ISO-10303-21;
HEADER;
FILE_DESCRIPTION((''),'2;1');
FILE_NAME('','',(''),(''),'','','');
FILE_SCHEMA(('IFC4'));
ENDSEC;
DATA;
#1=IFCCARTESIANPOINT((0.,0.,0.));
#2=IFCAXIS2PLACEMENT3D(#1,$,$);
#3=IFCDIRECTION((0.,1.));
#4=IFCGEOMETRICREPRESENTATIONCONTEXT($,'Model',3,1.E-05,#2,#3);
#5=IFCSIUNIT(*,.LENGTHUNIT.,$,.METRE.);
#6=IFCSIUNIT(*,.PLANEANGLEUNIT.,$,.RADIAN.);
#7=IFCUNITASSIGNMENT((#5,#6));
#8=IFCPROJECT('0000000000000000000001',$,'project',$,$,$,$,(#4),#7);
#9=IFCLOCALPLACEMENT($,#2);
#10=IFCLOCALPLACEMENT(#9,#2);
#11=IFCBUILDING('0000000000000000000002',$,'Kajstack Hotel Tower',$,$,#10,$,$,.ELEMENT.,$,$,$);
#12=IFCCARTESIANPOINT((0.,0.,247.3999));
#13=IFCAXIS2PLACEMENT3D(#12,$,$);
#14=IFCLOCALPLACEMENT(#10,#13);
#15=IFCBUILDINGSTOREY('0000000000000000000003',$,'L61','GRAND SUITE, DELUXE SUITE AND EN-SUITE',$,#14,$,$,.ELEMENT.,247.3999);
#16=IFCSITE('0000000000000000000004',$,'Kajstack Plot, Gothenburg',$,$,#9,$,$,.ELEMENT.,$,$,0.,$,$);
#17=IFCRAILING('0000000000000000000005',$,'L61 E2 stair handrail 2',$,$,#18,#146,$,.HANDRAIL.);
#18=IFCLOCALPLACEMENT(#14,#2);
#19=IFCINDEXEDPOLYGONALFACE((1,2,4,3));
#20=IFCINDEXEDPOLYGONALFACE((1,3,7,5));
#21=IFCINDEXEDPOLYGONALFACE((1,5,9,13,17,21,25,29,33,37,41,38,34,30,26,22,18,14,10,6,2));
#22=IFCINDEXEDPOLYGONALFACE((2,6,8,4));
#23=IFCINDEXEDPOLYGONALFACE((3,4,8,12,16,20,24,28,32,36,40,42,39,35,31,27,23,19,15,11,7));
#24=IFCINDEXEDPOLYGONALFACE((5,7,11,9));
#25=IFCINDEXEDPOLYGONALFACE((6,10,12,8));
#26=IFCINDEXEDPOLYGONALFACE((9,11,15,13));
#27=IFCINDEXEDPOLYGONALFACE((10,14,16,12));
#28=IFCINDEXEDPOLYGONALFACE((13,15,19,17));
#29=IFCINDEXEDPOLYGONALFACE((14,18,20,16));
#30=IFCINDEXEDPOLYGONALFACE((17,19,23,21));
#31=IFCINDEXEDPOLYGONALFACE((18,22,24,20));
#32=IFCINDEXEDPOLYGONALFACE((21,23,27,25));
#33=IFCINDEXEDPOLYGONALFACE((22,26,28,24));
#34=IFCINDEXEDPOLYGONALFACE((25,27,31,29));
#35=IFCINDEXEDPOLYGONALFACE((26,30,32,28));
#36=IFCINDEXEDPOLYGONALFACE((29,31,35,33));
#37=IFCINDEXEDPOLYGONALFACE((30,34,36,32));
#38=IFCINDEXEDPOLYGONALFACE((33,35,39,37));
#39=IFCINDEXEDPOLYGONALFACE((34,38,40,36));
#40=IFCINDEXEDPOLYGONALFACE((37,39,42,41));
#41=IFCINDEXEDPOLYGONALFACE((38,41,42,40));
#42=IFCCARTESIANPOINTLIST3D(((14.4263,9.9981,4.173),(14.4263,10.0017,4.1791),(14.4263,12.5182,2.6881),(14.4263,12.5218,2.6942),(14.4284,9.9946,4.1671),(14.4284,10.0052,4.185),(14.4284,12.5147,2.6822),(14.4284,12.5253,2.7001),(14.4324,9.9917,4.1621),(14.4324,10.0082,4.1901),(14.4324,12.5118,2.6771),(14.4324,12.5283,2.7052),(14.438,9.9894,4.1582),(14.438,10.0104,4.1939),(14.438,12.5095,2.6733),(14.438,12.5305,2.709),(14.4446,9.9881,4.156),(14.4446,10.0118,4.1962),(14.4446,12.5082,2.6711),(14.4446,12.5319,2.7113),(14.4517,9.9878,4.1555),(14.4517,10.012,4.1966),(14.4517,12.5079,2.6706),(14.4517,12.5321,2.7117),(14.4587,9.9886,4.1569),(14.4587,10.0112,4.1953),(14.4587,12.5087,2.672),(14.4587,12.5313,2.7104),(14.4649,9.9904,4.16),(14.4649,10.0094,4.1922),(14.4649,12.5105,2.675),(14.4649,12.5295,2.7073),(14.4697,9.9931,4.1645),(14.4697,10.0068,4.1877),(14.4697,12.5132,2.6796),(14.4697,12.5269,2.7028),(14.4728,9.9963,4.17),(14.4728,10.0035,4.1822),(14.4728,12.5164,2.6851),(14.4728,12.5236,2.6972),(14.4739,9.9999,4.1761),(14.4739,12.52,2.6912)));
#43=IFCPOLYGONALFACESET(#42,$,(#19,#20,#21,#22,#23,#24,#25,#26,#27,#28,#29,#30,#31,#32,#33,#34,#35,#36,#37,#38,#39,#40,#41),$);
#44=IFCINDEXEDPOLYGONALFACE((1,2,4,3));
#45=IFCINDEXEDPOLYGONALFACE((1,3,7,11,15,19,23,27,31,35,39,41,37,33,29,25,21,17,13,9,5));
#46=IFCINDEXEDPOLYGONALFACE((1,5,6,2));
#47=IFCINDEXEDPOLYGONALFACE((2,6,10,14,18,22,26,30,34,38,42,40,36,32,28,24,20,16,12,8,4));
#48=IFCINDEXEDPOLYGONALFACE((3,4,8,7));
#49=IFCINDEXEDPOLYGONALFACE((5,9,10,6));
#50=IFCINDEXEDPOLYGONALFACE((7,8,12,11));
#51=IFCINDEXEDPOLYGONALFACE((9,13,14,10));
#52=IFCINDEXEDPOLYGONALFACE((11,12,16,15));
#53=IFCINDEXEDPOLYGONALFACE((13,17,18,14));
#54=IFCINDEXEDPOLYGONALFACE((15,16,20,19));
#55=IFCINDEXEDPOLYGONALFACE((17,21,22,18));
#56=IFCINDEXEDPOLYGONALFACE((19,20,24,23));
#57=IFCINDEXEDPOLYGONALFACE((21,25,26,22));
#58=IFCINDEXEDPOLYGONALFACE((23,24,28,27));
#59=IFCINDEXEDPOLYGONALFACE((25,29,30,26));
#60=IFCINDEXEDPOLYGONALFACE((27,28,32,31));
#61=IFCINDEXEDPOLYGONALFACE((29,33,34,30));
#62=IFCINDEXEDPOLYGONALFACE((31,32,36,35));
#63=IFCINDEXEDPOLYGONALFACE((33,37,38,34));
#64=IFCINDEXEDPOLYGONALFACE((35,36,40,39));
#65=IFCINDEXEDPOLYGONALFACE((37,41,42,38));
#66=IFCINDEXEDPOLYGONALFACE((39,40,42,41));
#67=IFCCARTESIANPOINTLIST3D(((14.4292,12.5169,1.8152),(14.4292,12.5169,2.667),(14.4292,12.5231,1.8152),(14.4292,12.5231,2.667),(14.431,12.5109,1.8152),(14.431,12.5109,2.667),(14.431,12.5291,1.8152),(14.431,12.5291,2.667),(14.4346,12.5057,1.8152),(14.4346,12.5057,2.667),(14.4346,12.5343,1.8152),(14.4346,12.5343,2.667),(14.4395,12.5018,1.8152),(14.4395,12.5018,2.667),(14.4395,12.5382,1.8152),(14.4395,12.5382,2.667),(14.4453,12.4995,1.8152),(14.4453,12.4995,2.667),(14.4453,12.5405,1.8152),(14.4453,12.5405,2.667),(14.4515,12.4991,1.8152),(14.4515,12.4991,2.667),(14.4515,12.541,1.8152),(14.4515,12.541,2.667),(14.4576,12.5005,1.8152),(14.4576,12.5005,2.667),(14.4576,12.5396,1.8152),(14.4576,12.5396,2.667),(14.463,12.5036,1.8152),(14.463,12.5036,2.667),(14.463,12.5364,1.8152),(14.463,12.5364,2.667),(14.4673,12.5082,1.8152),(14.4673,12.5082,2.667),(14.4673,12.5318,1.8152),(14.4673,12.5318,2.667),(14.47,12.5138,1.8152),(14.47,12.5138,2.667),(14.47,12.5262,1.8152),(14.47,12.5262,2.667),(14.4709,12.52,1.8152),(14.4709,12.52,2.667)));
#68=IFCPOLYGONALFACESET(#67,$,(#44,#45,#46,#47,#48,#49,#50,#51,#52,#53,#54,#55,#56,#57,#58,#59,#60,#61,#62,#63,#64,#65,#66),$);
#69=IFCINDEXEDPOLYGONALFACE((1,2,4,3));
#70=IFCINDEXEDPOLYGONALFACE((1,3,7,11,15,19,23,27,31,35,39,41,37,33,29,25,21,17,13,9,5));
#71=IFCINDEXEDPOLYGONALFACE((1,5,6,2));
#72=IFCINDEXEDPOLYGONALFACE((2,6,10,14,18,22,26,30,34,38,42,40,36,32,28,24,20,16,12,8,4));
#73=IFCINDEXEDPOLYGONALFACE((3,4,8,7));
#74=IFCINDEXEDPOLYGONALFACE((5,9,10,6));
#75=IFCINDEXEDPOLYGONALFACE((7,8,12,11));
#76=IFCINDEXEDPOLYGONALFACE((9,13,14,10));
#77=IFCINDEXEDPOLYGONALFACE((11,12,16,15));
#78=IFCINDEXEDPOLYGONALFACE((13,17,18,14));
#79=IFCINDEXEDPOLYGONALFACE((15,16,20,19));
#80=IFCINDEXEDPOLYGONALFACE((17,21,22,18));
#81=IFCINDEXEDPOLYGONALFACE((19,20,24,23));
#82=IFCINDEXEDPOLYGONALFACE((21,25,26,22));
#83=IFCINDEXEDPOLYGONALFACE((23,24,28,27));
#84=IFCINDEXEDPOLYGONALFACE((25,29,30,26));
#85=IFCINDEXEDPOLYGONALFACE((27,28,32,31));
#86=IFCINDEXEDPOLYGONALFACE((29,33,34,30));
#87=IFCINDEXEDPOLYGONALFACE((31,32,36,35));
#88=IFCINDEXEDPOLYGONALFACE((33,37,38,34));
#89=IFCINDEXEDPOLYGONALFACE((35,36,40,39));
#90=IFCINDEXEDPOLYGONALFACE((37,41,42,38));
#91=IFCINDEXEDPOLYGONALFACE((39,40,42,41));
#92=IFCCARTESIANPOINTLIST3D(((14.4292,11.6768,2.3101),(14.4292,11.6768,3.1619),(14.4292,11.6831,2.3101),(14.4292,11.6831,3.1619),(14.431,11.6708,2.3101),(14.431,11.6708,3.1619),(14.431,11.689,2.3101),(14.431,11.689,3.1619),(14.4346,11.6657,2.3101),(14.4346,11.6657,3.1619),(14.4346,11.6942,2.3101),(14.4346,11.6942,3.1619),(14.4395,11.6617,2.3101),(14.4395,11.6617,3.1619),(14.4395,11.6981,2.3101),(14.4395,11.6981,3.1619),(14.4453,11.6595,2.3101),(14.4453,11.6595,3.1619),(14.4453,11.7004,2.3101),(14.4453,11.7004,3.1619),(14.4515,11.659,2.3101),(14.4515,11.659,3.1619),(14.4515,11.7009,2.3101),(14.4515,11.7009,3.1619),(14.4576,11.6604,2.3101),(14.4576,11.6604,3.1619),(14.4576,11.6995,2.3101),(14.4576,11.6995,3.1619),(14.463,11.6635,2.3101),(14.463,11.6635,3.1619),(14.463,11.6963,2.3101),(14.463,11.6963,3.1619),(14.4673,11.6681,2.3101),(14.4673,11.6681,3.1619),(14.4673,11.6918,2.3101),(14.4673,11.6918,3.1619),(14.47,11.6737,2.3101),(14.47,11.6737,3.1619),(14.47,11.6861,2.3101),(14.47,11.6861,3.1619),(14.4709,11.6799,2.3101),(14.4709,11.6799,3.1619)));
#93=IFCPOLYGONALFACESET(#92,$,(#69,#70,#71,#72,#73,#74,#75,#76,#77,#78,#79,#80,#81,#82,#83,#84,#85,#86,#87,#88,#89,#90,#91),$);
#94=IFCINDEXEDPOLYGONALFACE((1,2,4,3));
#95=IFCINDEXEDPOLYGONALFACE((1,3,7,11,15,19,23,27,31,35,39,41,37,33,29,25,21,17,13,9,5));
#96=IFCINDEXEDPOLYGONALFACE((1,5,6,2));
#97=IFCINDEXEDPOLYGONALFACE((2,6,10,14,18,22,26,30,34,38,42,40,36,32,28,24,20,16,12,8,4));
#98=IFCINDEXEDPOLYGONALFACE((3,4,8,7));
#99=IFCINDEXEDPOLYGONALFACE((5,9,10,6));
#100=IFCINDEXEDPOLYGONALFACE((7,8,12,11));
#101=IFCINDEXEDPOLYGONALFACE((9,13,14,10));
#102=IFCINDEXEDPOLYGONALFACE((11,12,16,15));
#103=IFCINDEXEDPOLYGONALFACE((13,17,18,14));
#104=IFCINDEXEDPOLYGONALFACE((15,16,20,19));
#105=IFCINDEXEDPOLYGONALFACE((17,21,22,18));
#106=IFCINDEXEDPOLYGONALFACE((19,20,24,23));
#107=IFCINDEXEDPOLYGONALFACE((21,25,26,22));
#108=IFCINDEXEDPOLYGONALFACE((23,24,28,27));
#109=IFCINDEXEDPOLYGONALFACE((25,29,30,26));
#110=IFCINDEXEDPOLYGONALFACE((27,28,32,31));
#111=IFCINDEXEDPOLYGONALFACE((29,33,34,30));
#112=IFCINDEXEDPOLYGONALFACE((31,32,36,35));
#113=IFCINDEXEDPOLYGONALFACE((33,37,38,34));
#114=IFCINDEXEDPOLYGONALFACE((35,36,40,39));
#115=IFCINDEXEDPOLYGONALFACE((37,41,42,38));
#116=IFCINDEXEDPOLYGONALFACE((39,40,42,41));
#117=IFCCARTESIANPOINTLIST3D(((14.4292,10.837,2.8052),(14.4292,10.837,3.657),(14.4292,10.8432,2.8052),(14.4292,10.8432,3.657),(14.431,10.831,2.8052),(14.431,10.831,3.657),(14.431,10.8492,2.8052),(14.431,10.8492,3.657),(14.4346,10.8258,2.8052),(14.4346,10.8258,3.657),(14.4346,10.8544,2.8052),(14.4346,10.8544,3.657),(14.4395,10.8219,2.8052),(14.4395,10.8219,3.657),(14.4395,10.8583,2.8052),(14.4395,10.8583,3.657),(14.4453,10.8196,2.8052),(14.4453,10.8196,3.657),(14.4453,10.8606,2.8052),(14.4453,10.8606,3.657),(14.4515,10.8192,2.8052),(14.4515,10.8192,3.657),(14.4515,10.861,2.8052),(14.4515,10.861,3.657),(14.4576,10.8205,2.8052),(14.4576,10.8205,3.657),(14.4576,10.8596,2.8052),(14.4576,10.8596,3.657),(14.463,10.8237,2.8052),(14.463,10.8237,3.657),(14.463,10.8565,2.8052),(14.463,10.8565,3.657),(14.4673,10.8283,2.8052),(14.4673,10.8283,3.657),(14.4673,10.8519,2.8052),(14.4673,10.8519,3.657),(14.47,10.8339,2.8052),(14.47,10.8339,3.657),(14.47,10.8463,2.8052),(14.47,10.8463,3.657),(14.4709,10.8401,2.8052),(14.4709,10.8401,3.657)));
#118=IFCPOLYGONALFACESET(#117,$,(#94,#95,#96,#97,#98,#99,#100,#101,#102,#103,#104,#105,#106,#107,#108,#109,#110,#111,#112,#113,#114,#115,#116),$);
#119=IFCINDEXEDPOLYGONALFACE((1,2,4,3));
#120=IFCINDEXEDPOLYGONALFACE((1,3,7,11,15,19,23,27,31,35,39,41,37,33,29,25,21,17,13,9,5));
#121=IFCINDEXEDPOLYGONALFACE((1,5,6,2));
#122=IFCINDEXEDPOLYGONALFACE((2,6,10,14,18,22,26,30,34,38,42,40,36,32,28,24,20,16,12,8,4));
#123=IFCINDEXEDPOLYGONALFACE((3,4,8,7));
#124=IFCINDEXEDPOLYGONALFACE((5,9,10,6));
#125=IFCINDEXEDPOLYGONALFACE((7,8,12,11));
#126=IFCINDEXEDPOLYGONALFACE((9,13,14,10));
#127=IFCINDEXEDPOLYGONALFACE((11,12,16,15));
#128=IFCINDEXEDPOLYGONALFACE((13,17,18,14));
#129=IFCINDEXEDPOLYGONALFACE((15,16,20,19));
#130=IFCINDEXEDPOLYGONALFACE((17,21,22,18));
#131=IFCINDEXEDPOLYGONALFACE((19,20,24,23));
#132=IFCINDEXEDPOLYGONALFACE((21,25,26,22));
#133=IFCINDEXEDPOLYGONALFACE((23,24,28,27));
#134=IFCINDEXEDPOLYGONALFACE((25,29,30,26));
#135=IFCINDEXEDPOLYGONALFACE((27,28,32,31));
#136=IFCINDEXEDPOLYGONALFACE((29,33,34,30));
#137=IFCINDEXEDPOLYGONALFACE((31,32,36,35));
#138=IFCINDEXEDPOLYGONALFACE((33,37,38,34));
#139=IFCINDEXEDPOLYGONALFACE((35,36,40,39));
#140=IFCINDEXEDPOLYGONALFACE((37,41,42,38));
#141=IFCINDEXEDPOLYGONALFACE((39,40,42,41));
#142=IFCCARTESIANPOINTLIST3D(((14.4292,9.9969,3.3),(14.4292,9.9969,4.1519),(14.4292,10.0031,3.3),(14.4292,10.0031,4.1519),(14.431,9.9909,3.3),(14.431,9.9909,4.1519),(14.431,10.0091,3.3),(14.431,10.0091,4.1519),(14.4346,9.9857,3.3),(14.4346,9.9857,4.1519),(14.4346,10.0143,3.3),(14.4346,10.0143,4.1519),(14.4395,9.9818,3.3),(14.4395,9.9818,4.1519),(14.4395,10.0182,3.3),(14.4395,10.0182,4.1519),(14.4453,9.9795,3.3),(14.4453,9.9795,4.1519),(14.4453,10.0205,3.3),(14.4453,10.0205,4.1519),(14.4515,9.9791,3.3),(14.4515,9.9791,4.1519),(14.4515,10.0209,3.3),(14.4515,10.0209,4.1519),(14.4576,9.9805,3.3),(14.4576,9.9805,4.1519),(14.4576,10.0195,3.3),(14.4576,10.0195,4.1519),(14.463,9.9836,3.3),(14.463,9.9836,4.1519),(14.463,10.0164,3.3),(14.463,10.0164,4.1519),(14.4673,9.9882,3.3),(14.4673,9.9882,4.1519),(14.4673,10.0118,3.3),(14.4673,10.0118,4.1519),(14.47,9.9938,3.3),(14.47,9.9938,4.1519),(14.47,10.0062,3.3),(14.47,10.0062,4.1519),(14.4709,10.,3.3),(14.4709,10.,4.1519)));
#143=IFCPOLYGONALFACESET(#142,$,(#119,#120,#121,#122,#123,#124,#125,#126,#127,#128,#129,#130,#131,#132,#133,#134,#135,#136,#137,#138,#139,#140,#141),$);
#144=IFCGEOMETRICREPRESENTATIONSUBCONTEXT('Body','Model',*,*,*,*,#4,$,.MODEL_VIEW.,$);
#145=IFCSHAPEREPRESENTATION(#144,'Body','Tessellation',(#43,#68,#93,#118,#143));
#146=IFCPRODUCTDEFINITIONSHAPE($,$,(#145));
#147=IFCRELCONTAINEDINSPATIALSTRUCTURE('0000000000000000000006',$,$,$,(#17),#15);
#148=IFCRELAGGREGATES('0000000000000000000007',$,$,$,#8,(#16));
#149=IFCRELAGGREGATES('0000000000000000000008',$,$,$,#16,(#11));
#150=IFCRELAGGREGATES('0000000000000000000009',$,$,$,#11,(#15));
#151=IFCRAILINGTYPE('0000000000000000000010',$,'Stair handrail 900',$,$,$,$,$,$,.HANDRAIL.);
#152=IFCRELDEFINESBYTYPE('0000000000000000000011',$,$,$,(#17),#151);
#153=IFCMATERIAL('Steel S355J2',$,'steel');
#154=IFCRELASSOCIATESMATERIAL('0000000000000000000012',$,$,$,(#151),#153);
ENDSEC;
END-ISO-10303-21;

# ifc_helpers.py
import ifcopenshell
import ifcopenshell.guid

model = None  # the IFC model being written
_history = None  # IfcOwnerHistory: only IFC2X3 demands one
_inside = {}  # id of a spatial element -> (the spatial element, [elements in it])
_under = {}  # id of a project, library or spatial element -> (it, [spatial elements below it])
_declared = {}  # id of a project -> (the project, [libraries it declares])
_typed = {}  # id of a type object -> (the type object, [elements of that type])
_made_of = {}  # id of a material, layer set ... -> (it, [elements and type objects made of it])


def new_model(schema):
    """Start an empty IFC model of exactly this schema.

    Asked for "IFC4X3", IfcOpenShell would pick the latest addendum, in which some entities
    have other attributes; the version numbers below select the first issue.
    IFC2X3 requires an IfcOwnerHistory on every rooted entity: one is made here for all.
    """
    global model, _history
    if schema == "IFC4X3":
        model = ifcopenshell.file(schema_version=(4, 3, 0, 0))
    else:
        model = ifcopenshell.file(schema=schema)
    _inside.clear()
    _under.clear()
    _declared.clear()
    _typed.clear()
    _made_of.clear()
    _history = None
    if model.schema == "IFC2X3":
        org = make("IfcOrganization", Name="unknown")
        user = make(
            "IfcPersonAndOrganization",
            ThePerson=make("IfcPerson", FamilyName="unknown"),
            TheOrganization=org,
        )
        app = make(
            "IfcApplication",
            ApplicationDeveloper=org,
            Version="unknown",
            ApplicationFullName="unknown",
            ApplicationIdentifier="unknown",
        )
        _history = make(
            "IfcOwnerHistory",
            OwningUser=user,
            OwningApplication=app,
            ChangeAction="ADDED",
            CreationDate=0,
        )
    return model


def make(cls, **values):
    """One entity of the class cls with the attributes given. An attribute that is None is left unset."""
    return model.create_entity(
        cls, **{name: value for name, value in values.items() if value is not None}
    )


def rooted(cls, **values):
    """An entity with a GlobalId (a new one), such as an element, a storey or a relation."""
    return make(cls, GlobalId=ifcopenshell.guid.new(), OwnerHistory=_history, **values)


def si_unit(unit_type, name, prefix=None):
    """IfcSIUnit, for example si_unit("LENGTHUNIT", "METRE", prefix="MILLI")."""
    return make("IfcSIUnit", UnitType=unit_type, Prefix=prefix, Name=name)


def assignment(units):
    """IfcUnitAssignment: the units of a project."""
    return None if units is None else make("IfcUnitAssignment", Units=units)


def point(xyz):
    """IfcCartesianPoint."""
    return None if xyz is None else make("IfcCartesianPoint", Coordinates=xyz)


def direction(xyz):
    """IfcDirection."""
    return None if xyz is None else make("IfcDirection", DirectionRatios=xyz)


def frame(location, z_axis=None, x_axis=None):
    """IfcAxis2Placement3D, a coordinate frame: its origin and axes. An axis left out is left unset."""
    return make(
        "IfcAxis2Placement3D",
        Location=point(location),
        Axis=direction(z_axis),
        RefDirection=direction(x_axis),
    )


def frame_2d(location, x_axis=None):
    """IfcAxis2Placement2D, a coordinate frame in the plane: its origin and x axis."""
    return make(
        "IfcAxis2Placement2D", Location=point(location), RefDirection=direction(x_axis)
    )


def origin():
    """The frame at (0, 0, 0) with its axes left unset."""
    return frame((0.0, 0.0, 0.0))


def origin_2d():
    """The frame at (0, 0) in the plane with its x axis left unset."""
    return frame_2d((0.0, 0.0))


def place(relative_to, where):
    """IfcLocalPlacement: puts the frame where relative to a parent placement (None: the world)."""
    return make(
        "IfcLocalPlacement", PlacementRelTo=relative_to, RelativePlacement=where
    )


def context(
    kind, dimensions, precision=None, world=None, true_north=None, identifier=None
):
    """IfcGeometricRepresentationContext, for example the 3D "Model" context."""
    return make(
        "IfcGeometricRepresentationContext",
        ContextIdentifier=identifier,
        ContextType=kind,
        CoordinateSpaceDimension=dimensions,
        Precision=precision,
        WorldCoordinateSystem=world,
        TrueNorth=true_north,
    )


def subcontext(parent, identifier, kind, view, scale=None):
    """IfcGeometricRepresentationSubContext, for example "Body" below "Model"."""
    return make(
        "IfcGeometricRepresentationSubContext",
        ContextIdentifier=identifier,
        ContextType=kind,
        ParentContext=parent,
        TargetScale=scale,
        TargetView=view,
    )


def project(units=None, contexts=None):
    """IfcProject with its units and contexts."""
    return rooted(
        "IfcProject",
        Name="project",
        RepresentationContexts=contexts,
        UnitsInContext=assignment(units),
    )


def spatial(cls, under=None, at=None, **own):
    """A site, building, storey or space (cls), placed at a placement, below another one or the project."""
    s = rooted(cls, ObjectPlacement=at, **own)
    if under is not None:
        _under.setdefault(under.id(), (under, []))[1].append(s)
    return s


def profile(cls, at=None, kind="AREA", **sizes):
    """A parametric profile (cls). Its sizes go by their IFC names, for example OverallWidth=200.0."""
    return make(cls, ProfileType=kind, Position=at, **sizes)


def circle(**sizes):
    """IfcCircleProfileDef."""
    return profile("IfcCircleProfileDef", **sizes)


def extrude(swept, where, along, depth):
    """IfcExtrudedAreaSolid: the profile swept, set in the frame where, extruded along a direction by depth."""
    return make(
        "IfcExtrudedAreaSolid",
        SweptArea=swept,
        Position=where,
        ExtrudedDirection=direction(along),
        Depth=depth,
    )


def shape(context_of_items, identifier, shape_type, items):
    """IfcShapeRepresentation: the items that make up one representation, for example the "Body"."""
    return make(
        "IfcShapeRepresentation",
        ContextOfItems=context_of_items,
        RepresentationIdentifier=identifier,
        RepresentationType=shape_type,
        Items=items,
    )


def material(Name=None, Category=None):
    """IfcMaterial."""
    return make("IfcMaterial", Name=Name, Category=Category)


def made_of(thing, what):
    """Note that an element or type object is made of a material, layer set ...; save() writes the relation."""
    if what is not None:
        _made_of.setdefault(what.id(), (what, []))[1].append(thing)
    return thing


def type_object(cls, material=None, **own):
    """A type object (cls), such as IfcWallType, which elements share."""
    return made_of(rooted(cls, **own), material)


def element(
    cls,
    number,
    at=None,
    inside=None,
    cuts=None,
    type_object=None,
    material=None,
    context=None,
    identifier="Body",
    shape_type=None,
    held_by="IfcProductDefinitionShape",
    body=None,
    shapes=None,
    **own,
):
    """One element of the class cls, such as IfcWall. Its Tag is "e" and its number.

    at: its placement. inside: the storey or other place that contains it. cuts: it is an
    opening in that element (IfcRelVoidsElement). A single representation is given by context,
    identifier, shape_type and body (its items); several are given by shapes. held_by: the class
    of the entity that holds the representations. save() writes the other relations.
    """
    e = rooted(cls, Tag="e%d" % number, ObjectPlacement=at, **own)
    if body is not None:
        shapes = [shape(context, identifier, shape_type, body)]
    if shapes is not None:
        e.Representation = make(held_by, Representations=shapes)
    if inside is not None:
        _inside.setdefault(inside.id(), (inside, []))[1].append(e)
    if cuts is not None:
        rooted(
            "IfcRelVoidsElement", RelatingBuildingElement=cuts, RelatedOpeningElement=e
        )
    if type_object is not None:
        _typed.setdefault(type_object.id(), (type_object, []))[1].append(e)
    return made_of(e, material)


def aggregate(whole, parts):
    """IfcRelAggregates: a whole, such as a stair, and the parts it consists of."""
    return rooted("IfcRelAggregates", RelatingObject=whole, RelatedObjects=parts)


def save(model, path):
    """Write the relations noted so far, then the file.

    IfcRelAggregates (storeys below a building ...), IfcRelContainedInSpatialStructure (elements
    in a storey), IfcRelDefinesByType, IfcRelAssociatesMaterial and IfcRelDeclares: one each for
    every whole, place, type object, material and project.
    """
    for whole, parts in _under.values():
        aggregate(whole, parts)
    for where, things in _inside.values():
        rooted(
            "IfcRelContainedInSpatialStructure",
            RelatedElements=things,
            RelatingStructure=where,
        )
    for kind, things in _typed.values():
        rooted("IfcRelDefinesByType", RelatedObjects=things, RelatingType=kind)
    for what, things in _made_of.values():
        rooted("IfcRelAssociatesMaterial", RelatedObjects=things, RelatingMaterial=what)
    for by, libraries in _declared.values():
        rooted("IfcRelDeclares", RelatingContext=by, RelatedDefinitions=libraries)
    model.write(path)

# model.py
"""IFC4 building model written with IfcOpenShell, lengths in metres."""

from ifc_helpers import new_model, si_unit, direction, frame, origin, origin_2d, place, context, subcontext, project, spatial, circle, extrude, material, type_object, element, save


model = new_model("IFC4")

# Units and contexts
model_context = context("Model", 3, precision=1e-05, world=origin(), true_north=direction((0.0, 1.0)))
body_context = subcontext(model_context, "Body", "Model", "MODEL_VIEW")
ifc_project = project(units=[si_unit("LENGTHUNIT", "METRE"), si_unit("PLANEANGLEUNIT", "RADIAN")], contexts=[model_context])

# Site, building, storey
site_placement = place(None, origin())
site = spatial("IfcSite", under=ifc_project, at=site_placement, Name="Kajstack Plot, Gothenburg", CompositionType="ELEMENT", RefElevation=0.0)
building_placement = place(site_placement, origin())
building = spatial("IfcBuilding", under=site, at=building_placement, Name="Kajstack Hotel Tower", CompositionType="ELEMENT")
storey_placement = place(building_placement, frame((0.0, 0.0, 247.3999)))
storey = spatial("IfcBuildingStorey", under=building, at=storey_placement, Name="L61", Description="GRAND SUITE, DELUXE SUITE AND EN-SUITE", CompositionType="ELEMENT", Elevation=247.3999)

# Railing
ifc_material_1 = material(Name="Steel S355J2", Category="steel")
railing_type = type_object("IfcRailingType", Name="Stair handrail 900", PredefinedType="HANDRAIL", material=ifc_material_1)
railing_placement = place(storey_placement, frame((14.45, 12.52, 1.8152)))
element("IfcRailing", 1, at=railing_placement, inside=storey, type_object=railing_type, Name="L61 E2 stair handrail 2", PredefinedType="HANDRAIL", context=body_context, shape_type="SweptSolid", body=[
    extrude(circle(Radius=0.0239, at=origin_2d()), frame((0.0, 0.0, 0.876), z_axis=(0.0, -0.861561, 0.507655), x_axis=(1.0, 0.0, 0.0)), (0.0, 0.0, 1.0), 2.925),
    extrude(circle(Radius=0.021, at=origin_2d()), origin(), (0.0, 0.0, 1.0), 0.8518),
    extrude(circle(Radius=0.021, at=origin_2d()), frame((0.0, -0.8401, 0.4949)), (0.0, 0.0, 1.0), 0.8518),
    extrude(circle(Radius=0.021, at=origin_2d()), frame((0.0, -1.6799, 0.99)), (0.0, 0.0, 1.0), 0.8518),
    extrude(circle(Radius=0.021, at=origin_2d()), frame((0.0, -2.52, 1.4849)), (0.0, 0.0, 1.0), 0.8518),
])

save(model, "model.ifc")
